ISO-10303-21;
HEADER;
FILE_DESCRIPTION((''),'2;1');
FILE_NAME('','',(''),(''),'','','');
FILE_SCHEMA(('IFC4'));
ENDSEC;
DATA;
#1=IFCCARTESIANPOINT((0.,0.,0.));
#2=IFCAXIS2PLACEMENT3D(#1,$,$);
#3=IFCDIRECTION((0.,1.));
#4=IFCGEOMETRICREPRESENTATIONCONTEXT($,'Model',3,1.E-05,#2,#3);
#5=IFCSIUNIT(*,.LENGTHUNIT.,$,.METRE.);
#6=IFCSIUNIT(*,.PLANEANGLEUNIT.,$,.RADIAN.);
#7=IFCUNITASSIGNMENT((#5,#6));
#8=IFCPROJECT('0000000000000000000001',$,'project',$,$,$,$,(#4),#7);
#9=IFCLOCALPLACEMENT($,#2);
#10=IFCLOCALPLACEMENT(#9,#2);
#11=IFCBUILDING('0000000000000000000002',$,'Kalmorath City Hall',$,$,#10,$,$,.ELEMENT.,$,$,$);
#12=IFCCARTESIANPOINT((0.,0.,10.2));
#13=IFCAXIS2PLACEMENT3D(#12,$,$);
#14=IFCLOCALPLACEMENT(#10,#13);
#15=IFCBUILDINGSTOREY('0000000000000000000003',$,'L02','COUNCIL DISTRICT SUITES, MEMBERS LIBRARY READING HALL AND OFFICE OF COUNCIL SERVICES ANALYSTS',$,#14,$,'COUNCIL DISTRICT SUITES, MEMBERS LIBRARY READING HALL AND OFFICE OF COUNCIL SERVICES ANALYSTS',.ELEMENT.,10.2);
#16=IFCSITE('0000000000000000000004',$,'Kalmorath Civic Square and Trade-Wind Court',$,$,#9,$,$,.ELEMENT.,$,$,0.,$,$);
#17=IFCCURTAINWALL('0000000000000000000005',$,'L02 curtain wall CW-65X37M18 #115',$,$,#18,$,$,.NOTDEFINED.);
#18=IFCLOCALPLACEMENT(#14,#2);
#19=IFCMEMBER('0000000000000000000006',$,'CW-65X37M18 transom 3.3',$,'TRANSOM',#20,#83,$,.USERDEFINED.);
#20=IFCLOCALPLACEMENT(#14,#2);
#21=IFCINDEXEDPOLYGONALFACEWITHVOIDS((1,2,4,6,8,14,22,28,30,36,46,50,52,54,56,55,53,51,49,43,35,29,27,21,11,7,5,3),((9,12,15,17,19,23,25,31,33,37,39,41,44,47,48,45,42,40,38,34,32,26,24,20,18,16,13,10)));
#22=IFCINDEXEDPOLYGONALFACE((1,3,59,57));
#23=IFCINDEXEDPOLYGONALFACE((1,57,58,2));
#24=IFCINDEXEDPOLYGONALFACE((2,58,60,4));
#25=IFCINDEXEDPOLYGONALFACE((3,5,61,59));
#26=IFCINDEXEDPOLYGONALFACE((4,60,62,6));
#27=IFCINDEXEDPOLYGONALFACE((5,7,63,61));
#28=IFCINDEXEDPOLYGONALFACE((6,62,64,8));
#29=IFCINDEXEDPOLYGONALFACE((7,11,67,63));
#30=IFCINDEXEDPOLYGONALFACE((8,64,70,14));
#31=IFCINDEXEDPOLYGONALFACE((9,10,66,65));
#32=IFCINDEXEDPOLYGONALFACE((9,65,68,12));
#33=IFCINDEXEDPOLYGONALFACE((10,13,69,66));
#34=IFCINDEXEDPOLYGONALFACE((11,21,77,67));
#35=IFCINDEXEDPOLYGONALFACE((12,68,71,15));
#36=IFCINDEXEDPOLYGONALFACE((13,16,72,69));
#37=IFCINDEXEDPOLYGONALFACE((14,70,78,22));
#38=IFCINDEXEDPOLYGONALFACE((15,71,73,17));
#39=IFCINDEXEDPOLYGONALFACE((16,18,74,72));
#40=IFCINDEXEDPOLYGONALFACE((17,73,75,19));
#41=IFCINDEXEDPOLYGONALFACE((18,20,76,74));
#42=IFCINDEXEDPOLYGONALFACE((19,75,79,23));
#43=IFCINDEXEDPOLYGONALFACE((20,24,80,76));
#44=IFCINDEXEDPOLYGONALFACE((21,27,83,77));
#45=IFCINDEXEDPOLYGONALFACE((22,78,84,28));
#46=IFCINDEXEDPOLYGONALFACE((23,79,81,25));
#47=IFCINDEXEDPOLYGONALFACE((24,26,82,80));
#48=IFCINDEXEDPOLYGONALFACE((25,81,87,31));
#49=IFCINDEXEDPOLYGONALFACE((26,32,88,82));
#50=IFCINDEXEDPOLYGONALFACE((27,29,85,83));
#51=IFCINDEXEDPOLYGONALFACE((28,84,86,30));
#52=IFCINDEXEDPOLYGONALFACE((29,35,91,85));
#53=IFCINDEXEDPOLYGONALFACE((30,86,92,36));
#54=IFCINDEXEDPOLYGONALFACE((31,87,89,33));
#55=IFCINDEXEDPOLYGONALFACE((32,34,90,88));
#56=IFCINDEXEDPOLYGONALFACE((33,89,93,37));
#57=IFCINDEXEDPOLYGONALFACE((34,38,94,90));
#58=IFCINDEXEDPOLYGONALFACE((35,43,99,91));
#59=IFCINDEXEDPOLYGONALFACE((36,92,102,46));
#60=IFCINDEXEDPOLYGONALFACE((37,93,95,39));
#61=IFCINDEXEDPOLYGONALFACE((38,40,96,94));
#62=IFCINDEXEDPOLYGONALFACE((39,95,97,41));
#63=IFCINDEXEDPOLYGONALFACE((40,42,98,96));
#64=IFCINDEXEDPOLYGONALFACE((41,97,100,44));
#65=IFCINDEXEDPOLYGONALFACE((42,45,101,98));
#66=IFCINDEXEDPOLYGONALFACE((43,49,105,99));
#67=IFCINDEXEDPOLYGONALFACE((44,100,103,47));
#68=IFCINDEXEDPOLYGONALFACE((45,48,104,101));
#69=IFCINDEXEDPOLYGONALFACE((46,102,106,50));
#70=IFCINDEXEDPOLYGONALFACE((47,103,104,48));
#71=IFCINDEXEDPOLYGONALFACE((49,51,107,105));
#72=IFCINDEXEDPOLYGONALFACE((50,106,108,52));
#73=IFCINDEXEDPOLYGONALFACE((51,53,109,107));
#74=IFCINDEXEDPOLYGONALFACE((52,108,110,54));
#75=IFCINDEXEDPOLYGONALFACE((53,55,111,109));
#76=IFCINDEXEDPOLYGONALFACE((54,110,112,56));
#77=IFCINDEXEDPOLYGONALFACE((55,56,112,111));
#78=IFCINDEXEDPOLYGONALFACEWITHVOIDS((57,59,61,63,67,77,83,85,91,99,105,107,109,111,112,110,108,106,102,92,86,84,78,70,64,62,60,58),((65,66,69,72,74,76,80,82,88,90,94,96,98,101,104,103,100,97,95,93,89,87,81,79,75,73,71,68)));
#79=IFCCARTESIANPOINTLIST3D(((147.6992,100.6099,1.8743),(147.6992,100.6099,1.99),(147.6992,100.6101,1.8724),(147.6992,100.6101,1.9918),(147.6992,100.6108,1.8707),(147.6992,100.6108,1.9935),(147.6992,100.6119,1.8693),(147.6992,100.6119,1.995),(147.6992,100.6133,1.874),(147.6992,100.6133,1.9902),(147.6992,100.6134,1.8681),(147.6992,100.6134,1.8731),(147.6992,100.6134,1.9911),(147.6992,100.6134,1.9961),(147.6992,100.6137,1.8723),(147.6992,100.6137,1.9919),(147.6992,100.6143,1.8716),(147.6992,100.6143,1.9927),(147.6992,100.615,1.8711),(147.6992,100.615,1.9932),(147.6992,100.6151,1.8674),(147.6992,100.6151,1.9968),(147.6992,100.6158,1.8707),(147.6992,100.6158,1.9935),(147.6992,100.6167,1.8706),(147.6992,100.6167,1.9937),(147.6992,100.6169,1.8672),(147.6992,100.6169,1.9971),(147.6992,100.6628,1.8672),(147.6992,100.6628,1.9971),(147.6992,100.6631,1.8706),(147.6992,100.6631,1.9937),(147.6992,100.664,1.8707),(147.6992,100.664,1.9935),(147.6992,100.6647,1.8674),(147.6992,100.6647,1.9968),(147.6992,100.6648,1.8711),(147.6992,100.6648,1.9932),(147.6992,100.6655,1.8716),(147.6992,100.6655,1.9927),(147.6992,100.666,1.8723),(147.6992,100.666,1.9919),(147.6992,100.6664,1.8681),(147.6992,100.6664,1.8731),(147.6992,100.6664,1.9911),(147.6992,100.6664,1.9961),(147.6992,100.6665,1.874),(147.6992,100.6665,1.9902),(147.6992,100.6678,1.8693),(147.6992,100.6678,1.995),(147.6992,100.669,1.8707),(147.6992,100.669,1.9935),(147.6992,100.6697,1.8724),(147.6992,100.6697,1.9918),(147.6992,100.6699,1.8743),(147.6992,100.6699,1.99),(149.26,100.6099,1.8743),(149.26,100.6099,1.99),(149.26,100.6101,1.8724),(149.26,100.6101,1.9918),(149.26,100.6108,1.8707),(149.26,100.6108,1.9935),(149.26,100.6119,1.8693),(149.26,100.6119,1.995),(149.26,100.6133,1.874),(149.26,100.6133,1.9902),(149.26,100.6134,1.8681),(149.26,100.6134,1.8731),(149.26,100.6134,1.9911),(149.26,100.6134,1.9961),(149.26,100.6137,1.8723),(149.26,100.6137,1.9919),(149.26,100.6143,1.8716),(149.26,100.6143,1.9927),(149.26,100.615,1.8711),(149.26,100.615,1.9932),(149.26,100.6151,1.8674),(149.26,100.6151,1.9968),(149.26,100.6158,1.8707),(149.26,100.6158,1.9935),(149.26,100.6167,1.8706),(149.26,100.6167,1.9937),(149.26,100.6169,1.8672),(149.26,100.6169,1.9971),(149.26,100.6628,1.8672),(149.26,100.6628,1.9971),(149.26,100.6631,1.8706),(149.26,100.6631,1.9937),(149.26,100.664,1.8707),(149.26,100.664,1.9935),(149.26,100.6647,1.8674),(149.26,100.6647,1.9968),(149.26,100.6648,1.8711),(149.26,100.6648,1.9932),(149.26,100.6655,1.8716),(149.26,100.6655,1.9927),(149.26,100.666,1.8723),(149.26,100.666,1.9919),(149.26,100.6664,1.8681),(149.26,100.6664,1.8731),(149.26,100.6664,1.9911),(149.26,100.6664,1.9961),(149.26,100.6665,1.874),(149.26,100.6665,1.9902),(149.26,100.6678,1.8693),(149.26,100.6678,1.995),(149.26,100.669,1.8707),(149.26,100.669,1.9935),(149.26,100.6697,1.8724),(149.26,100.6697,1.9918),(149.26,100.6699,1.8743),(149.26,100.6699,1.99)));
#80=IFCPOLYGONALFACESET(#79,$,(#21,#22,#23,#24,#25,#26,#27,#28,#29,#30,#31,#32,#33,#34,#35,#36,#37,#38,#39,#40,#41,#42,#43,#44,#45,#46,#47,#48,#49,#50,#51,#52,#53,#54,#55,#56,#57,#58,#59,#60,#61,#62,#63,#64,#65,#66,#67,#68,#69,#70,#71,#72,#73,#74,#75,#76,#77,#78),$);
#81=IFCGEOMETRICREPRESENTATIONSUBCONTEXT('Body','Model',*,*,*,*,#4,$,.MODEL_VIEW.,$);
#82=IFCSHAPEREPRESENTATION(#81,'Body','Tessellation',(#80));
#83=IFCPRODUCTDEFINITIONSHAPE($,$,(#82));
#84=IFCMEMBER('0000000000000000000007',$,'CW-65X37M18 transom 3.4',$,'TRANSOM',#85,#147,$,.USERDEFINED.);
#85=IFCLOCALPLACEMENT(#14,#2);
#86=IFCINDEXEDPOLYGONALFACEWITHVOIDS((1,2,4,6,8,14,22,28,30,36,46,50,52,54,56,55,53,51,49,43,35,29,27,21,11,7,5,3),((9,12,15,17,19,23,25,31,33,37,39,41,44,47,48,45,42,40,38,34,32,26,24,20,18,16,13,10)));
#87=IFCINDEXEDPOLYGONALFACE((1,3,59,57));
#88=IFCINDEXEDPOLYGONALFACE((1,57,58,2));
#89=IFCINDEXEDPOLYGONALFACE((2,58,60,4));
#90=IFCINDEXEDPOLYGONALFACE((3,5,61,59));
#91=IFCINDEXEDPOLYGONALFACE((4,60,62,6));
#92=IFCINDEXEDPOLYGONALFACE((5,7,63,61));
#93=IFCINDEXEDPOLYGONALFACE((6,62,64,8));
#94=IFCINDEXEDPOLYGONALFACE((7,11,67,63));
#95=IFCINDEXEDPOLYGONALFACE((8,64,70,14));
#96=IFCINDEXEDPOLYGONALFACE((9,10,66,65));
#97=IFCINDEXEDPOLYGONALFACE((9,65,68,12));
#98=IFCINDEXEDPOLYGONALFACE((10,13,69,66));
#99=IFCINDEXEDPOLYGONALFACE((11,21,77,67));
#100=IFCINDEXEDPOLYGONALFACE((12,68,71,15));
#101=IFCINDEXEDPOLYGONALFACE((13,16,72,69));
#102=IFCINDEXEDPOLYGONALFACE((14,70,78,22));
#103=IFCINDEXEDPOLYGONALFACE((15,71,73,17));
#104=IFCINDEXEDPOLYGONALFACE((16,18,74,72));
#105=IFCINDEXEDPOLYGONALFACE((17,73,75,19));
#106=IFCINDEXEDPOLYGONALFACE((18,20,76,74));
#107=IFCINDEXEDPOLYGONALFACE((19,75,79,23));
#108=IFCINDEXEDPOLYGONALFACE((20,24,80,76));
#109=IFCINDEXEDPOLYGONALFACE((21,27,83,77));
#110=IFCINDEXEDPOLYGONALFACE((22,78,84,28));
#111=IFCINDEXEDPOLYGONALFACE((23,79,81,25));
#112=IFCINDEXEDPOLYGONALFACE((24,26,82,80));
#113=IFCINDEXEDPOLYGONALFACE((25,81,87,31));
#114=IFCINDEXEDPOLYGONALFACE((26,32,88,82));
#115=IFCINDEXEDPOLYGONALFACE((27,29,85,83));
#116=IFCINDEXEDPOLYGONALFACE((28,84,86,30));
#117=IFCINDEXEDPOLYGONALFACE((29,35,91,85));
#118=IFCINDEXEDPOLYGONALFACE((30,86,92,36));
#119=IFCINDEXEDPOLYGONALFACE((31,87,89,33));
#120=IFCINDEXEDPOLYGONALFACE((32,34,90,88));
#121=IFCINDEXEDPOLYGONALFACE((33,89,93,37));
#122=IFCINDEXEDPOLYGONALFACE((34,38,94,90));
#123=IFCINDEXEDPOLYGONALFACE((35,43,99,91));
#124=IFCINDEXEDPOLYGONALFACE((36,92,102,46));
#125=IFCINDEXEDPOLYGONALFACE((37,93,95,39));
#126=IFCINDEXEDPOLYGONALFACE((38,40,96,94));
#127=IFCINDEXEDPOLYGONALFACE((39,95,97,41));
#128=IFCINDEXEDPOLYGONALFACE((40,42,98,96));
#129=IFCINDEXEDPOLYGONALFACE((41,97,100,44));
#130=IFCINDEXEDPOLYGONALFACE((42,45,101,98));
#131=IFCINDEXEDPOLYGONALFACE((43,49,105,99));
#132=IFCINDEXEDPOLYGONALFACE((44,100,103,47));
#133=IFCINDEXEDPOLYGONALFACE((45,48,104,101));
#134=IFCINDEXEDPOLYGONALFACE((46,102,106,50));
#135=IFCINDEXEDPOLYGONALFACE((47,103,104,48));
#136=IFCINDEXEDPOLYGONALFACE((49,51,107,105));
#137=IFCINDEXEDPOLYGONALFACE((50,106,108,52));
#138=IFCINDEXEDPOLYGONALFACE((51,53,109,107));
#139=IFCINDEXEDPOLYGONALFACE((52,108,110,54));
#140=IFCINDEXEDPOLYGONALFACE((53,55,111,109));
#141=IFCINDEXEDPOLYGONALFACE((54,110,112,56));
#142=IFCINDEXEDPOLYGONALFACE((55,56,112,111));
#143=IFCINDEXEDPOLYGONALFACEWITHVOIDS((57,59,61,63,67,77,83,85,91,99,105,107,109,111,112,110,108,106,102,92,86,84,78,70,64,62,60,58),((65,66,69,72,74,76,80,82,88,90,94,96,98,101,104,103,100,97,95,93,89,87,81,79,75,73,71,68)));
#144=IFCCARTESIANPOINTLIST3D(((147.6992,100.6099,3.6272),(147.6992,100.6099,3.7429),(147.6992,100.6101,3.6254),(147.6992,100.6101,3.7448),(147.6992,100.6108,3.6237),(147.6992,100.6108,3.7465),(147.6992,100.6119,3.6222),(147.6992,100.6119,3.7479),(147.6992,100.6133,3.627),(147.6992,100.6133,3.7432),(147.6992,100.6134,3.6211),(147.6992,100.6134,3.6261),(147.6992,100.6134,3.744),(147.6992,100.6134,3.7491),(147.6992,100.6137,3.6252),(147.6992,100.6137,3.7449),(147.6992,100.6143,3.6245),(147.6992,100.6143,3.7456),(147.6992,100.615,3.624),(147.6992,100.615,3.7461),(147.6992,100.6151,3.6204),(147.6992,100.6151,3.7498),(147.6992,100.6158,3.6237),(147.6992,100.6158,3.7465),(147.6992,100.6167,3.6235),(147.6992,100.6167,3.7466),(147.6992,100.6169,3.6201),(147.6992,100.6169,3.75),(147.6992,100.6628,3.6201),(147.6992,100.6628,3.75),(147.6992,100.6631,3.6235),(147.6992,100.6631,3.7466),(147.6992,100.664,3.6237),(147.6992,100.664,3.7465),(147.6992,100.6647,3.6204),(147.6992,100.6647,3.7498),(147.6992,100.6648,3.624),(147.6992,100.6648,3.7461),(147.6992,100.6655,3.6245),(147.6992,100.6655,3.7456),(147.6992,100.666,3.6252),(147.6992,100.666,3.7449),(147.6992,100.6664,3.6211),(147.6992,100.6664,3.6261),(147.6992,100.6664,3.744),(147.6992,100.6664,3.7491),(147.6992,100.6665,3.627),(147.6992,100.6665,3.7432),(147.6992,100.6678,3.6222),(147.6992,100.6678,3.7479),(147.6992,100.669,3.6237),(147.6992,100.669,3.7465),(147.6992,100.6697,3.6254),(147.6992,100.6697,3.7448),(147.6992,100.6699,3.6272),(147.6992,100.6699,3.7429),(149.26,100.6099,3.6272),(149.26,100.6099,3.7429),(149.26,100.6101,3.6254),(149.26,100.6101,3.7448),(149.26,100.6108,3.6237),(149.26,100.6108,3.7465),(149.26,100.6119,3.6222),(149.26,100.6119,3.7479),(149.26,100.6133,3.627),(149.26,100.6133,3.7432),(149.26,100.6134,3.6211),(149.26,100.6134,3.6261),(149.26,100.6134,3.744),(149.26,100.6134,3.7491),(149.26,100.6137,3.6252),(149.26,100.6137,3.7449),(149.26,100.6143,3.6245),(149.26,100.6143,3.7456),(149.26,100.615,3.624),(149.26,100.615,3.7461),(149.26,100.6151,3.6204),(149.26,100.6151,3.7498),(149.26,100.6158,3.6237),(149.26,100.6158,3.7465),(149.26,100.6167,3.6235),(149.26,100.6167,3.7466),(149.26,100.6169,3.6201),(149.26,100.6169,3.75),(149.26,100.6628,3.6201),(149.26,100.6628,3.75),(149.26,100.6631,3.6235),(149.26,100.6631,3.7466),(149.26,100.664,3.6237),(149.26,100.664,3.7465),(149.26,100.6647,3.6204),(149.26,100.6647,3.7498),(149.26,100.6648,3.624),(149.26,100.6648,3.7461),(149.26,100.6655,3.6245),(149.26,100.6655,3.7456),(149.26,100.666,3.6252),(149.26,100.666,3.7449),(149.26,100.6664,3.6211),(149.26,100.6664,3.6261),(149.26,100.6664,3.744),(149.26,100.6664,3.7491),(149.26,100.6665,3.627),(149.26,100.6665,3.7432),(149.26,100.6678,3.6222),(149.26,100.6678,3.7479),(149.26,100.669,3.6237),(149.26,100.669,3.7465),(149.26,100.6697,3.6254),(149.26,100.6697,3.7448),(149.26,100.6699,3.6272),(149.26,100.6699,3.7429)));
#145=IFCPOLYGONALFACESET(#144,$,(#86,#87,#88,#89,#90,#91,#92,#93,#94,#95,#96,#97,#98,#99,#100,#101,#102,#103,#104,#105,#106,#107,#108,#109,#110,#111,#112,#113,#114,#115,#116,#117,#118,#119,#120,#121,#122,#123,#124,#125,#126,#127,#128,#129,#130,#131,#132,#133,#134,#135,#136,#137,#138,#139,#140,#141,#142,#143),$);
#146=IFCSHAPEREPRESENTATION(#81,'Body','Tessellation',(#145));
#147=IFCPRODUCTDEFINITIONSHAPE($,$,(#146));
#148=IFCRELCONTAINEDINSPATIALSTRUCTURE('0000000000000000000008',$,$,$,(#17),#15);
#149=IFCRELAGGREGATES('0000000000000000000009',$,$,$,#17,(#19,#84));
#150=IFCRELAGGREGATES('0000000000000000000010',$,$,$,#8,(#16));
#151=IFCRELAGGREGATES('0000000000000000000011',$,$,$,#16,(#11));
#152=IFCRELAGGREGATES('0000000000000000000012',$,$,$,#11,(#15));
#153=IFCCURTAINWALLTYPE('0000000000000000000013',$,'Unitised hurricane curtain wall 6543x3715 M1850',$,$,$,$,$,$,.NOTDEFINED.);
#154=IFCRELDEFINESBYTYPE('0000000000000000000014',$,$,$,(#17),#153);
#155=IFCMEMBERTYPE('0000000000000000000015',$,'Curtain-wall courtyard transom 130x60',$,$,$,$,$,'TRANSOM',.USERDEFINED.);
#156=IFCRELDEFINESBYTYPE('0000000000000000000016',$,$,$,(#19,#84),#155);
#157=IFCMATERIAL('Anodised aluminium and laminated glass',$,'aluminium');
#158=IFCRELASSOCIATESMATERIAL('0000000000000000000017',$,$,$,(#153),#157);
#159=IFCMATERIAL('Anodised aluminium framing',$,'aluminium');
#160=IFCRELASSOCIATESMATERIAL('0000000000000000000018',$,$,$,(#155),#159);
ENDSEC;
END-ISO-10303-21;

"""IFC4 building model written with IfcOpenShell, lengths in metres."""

from ifc_helpers import new_model, si_unit, direction, frame, origin, origin_2d, place, context, subcontext, project, spatial, hollow_rectangle, extrude, material, material_profile, profile_set, type_object, element, aggregate, save


model = new_model("IFC4")

# Units and contexts
model_context = context("Model", 3, precision=1e-05, world=origin(), true_north=direction((0.0, 1.0)))
body_context = subcontext(model_context, "Body", "Model", "MODEL_VIEW")
ifc_project = project(units=[si_unit("LENGTHUNIT", "METRE"), si_unit("PLANEANGLEUNIT", "RADIAN")], contexts=[model_context])

# Site, building, storey
site_placement = place(None, origin())
site = spatial("IfcSite", under=ifc_project, at=site_placement, Name="Kalmorath Civic Square and Trade-Wind Court", CompositionType="ELEMENT", RefElevation=0.0)
building_placement = place(site_placement, origin())
building = spatial("IfcBuilding", under=site, at=building_placement, Name="Kalmorath City Hall", CompositionType="ELEMENT")
storey_placement = place(building_placement, frame((0.0, 0.0, 10.2)))
storey = spatial("IfcBuildingStorey", under=building, at=storey_placement, Name="L02", Description="COUNCIL DISTRICT SUITES, MEMBERS LIBRARY READING HALL AND OFFICE OF COUNCIL SERVICES ANALYSTS", LongName="COUNCIL DISTRICT SUITES, MEMBERS LIBRARY READING HALL AND OFFICE OF COUNCIL SERVICES ANALYSTS", CompositionType="ELEMENT", Elevation=10.2)

# Curtain wall, members
ifc_material_1 = material(Name="Anodised aluminium and laminated glass", Category="aluminium")
curtain_wall_type = type_object("IfcCurtainWallType", Name="Unitised hurricane curtain wall 6543x3715 M1850", PredefinedType="NOTDEFINED", material=ifc_material_1)
curtain_wall_placement = place(storey_placement, origin())
curtain_wall = element("IfcCurtainWall", 1, at=curtain_wall_placement, inside=storey, type_object=curtain_wall_type, Name="L02 curtain wall CW-65X37M18 #115", PredefinedType="NOTDEFINED")
ifc_material_2 = material(Name="Anodised aluminium framing", Category="aluminium")
ifc_material_profile_1 = material_profile(ifc_material_2, hollow_rectangle(XDim=0.0601, YDim=0.1299, WallThickness=0.0034, InnerFilletRadius=0.0034, OuterFilletRadius=0.0071, at=origin_2d()), Name="ALU-TRN-130X60X3.5")
ifc_profile_set_1 = profile_set([ifc_material_profile_1], Name="Anodised aluminium framing")
member_type_1 = type_object("IfcMemberType", Name="Curtain-wall courtyard transom 130x60", ElementType="TRANSOM", PredefinedType="USERDEFINED", material=ifc_profile_set_1)
member_1_placement = place(storey_placement, frame((147.6992, 100.6399, 1.9321), z_axis=(1.0, 0.0, 0.0), x_axis=(0.0, 1.0, 0.0)))
member_1 = element("IfcMember", 2, at=member_1_placement, type_object=member_type_1, Name="CW-65X37M18 transom 3.3", ObjectType="TRANSOM", PredefinedType="USERDEFINED", context=body_context, shape_type="SweptSolid", body=[
    extrude(hollow_rectangle(XDim=0.0601, YDim=0.1299, WallThickness=0.0034, InnerFilletRadius=0.0034, OuterFilletRadius=0.0071, at=origin_2d()), origin(), (0.0, 0.0, 1.0), 1.5608),
])
member_2_placement = place(storey_placement, frame((147.6992, 100.6399, 3.6851), z_axis=(1.0, 0.0, 0.0), x_axis=(0.0, 1.0, 0.0)))
member_2 = element("IfcMember", 3, at=member_2_placement, type_object=member_type_1, Name="CW-65X37M18 transom 3.4", ObjectType="TRANSOM", PredefinedType="USERDEFINED", context=body_context, shape_type="SweptSolid", body=[
    extrude(hollow_rectangle(XDim=0.0601, YDim=0.1299, WallThickness=0.0034, InnerFilletRadius=0.0034, OuterFilletRadius=0.0071, at=origin_2d()), origin(), (0.0, 0.0, 1.0), 1.5608),
])
aggregate(curtain_wall, [member_1, member_2])

save(model, "model.ifc")
